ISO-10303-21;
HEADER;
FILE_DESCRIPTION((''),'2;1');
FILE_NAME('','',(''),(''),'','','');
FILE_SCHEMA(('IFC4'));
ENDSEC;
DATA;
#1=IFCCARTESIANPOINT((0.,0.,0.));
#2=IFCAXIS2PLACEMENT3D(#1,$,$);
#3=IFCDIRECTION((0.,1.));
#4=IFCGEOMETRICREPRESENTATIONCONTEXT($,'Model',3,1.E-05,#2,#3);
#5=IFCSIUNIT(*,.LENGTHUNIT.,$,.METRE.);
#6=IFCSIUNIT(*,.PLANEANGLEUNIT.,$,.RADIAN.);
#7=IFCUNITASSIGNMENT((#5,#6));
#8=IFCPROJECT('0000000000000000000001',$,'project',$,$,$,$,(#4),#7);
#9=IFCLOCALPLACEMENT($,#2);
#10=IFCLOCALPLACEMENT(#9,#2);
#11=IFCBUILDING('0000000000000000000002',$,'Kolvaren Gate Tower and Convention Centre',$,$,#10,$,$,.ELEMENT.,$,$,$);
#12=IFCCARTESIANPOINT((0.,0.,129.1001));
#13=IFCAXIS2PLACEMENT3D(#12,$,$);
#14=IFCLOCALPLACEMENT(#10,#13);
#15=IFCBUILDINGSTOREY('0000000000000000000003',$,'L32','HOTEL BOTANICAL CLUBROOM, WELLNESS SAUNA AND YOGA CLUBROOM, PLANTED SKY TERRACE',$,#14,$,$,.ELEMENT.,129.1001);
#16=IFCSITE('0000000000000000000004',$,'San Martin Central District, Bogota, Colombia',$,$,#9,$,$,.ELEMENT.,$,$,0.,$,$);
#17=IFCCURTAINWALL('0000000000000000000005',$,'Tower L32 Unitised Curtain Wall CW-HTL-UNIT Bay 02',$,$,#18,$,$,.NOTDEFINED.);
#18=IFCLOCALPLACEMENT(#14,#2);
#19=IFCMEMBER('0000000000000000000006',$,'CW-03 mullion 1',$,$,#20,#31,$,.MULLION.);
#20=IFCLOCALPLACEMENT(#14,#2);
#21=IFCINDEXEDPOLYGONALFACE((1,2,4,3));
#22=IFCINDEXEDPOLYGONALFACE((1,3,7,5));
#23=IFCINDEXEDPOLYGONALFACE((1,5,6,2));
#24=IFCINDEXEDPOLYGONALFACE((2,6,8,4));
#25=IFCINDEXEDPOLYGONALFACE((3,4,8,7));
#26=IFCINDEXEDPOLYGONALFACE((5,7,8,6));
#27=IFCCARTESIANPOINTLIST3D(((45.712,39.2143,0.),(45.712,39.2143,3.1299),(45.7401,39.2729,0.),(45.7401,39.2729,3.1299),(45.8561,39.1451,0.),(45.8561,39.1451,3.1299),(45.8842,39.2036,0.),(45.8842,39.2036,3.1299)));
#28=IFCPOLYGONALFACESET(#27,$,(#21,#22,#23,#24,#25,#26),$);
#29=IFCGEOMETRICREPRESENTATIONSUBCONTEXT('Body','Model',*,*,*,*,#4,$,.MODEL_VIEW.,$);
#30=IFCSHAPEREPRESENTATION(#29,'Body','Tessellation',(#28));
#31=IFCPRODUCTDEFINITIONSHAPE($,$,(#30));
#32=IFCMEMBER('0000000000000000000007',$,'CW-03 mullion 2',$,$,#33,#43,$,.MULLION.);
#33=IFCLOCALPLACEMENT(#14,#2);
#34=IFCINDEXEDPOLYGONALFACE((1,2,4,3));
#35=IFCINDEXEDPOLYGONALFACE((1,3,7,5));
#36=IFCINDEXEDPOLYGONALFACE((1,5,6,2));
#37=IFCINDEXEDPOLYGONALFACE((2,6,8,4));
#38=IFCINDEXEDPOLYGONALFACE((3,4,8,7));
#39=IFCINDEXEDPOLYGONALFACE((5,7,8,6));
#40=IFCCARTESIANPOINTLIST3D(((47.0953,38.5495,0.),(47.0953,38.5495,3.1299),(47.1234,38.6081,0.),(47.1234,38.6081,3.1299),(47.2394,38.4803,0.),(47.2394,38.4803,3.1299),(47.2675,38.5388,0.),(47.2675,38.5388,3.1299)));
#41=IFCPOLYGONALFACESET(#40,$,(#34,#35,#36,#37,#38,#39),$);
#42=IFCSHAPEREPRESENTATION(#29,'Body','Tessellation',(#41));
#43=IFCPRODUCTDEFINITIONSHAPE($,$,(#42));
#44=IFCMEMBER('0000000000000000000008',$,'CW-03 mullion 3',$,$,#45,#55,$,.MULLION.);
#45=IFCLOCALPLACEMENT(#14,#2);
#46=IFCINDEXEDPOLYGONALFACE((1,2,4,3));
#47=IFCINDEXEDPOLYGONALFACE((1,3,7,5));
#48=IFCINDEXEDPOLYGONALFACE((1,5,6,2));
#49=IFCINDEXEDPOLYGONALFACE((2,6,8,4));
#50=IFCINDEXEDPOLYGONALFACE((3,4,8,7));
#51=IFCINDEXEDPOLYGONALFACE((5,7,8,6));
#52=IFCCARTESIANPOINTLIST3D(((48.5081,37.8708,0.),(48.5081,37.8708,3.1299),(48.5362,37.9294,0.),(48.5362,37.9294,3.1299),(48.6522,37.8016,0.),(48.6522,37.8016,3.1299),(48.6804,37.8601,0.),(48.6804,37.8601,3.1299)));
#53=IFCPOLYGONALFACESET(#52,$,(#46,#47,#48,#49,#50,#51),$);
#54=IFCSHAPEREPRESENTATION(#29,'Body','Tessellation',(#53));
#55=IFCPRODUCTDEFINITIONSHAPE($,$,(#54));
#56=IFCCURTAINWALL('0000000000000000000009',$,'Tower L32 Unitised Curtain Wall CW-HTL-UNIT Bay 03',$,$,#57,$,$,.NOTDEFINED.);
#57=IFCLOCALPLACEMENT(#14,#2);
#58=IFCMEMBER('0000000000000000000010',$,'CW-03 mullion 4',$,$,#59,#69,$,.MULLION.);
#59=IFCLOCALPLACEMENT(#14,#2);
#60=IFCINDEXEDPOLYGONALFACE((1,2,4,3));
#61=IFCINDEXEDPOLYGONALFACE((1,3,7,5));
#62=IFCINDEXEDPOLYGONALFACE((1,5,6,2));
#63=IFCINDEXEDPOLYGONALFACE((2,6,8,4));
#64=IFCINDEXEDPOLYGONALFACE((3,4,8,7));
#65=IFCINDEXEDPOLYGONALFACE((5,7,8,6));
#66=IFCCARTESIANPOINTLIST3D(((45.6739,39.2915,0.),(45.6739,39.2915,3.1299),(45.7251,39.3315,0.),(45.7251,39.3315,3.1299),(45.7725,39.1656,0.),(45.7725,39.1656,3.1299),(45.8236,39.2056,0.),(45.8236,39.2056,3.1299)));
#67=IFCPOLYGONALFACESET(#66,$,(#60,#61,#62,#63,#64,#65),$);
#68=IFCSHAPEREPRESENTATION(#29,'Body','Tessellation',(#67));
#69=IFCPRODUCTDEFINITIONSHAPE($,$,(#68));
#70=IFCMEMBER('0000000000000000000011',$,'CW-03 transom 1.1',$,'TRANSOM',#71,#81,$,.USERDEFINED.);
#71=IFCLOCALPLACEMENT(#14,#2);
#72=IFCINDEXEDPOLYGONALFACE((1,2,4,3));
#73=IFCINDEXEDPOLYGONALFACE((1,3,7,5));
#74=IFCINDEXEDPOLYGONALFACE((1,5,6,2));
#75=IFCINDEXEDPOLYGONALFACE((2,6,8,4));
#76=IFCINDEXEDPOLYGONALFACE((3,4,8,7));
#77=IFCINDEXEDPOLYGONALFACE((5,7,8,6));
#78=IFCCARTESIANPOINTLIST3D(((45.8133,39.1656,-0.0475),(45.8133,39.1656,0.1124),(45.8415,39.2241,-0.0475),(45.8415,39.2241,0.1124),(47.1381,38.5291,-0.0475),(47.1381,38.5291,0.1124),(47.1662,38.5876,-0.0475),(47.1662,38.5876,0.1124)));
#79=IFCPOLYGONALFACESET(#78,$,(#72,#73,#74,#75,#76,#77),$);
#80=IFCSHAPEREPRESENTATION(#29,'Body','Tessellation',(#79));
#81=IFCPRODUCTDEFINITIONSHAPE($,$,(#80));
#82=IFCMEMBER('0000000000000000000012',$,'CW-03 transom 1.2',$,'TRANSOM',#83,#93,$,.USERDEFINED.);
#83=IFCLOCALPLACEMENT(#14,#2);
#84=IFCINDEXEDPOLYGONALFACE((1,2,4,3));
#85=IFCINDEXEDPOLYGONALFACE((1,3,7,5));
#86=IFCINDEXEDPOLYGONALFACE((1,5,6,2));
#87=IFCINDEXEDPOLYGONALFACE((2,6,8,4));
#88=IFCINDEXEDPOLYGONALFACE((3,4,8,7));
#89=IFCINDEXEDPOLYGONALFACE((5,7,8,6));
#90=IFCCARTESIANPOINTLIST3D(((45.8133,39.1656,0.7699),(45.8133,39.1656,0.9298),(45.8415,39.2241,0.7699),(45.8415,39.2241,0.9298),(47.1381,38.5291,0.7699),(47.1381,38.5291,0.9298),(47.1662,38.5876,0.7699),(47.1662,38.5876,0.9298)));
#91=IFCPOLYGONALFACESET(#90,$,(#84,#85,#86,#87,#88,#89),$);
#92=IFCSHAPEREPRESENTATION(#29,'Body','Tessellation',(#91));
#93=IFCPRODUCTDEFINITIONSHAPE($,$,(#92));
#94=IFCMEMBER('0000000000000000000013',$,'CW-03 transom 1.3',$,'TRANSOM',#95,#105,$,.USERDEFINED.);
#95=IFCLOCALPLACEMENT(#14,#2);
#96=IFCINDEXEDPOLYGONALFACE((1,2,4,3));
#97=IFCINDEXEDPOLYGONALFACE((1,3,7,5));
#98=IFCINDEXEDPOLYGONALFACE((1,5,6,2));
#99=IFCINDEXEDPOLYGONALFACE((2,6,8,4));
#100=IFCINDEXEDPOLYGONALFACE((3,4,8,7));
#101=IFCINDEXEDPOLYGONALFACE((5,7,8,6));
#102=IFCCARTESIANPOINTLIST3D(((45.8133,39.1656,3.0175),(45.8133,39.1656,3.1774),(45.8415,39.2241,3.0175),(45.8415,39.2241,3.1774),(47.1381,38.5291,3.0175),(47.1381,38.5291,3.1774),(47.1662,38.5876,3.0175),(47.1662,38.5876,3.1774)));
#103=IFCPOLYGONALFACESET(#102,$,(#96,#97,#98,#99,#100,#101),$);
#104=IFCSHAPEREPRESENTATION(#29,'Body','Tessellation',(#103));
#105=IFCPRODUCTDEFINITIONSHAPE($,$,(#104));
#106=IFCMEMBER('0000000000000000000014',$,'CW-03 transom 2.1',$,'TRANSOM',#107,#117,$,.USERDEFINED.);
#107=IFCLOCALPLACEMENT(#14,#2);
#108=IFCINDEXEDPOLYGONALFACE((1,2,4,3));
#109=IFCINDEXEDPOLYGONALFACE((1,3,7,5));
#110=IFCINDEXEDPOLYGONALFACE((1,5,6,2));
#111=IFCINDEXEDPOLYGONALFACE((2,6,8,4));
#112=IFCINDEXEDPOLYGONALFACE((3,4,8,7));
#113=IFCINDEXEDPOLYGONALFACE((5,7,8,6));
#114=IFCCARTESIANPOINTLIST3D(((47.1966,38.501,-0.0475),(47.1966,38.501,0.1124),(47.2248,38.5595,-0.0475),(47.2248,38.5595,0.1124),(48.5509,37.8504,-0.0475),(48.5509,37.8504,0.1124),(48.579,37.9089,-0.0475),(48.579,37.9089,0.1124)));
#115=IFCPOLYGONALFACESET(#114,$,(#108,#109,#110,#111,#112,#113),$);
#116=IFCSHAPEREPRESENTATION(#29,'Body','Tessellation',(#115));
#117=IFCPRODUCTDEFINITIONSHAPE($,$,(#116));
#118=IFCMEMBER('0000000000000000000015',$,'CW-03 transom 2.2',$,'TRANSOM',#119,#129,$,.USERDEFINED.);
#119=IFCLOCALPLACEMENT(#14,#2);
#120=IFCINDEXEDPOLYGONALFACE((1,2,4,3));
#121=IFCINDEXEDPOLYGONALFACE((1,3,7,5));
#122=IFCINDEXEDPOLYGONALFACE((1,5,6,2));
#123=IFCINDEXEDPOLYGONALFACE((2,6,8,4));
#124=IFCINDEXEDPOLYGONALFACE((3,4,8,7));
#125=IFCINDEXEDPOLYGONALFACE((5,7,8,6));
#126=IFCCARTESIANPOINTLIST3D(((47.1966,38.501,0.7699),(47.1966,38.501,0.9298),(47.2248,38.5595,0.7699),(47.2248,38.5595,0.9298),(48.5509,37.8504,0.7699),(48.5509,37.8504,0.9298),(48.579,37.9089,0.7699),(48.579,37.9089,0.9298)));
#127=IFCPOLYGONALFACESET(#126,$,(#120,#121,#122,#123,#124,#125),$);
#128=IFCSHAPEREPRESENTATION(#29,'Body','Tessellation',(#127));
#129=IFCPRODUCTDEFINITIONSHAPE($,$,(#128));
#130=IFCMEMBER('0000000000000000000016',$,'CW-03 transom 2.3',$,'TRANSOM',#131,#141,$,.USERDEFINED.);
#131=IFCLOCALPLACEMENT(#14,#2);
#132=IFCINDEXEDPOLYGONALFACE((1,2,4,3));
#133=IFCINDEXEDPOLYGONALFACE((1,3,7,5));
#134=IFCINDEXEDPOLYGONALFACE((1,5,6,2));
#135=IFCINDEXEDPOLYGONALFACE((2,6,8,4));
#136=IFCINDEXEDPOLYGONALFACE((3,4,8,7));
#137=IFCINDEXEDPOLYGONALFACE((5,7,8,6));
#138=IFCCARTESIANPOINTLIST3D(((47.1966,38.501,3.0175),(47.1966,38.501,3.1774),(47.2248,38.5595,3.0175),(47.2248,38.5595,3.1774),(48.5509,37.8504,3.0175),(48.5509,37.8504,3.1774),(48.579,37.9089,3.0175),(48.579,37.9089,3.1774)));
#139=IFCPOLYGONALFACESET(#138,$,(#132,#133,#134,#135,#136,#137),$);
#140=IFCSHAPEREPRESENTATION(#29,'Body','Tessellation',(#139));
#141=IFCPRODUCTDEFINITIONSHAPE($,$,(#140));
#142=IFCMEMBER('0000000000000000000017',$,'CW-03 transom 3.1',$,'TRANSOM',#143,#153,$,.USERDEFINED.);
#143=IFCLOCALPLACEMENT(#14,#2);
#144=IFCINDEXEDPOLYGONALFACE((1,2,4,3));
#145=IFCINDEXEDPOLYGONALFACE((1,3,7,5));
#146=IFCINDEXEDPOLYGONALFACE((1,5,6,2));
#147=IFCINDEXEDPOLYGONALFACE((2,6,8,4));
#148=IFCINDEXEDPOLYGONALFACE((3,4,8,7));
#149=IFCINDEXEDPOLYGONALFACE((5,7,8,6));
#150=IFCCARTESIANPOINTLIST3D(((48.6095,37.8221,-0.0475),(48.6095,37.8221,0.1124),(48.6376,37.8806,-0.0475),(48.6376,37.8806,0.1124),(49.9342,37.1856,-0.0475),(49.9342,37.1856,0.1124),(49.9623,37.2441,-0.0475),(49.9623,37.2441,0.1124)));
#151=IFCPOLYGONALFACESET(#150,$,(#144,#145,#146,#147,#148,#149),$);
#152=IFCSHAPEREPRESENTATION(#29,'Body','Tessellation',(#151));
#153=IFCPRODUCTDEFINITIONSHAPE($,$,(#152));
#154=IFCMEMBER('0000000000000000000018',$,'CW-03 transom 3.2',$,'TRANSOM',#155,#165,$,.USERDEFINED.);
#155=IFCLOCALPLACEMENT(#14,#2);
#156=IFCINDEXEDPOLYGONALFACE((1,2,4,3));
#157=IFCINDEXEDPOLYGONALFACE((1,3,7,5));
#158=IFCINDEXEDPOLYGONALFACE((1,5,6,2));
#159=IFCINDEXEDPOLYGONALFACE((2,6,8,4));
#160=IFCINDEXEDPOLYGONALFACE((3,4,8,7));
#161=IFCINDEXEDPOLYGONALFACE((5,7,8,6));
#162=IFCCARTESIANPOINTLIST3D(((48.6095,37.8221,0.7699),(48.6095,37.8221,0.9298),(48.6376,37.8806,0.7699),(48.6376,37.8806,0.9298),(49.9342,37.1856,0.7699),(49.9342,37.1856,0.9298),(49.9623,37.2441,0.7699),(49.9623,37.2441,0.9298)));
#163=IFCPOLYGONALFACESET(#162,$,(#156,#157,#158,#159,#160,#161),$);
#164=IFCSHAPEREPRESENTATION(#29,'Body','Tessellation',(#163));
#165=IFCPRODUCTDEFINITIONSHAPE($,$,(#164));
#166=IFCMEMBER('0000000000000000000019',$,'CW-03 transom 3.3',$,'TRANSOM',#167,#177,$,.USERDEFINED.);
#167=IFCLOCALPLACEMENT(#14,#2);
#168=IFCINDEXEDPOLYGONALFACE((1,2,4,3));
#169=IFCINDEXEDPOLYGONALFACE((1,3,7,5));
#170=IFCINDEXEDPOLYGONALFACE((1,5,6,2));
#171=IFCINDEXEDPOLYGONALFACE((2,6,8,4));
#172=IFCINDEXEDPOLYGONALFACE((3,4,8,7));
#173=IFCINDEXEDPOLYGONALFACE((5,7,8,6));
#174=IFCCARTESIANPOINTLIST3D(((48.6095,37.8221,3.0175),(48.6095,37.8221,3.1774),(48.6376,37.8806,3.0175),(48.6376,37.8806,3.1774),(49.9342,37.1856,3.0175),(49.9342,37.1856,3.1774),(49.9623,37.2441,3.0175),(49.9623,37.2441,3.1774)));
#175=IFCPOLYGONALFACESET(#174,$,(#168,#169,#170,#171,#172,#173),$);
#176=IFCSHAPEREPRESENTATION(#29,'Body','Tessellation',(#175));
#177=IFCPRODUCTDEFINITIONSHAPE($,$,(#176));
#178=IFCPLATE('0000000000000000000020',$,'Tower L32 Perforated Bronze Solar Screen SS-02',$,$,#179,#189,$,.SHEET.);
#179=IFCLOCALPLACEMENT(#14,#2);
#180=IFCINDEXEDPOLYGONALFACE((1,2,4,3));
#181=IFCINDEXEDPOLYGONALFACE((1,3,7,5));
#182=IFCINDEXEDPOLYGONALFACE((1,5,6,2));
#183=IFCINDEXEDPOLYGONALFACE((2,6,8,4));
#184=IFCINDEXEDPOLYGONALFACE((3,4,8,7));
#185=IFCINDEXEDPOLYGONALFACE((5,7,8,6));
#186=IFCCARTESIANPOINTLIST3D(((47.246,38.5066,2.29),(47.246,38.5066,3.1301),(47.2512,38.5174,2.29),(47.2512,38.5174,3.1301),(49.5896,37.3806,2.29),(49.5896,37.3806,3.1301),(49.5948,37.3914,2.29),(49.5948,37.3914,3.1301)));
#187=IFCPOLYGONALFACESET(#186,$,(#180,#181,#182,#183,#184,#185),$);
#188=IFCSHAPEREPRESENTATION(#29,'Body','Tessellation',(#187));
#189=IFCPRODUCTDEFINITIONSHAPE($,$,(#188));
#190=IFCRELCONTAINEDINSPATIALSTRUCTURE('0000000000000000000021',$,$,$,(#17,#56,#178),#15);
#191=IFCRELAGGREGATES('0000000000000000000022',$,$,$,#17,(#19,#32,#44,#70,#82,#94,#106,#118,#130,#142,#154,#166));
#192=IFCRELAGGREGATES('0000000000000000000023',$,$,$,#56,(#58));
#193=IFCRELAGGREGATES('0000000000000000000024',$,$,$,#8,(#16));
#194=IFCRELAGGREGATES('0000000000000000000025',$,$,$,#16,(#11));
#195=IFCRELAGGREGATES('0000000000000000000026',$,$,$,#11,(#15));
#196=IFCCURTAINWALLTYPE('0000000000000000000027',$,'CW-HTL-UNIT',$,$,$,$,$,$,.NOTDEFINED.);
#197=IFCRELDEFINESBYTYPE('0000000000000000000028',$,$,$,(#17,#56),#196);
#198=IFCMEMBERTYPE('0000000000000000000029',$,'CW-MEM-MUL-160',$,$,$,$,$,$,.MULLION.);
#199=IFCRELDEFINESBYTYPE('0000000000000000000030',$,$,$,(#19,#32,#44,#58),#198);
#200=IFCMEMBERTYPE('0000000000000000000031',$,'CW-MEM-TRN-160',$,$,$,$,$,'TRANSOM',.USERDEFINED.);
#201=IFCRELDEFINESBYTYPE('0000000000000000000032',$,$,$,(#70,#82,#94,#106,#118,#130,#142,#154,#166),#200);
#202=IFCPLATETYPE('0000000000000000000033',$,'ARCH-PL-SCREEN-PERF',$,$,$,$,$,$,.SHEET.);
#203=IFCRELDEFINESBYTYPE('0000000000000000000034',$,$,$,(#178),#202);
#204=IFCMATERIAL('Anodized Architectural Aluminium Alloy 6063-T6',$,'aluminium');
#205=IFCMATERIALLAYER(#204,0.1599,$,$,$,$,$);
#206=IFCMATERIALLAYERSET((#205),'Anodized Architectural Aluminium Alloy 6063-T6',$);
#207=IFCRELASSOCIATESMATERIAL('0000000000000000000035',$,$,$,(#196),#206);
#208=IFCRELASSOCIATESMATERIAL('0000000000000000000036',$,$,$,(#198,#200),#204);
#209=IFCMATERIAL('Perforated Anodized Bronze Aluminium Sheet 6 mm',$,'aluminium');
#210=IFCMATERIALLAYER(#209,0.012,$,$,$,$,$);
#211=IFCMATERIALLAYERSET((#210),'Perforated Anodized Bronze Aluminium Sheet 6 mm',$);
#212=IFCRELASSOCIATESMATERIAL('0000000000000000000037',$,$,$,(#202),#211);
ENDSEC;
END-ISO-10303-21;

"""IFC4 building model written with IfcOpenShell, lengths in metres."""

from ifc_helpers import new_model, si_unit, direction, frame, origin, origin_2d, place, context, subcontext, project, spatial, rectangle, extrude, material, layer, layer_set, material_profile, profile_set, type_object, element, aggregate, save


model = new_model("IFC4")

# Units and contexts
model_context = context("Model", 3, precision=1e-05, world=origin(), true_north=direction((0.0, 1.0)))
body_context = subcontext(model_context, "Body", "Model", "MODEL_VIEW")
ifc_project = project(units=[si_unit("LENGTHUNIT", "METRE"), si_unit("PLANEANGLEUNIT", "RADIAN")], contexts=[model_context])

# Site, building, storey
site_placement = place(None, origin())
site = spatial("IfcSite", under=ifc_project, at=site_placement, Name="San Martin Central District, Bogota, Colombia", CompositionType="ELEMENT", RefElevation=0.0)
building_placement = place(site_placement, origin())
building = spatial("IfcBuilding", under=site, at=building_placement, Name="Kolvaren Gate Tower and Convention Centre", CompositionType="ELEMENT")
storey_placement = place(building_placement, frame((0.0, 0.0, 129.1001)))
storey = spatial("IfcBuildingStorey", under=building, at=storey_placement, Name="L32", Description="HOTEL BOTANICAL CLUBROOM, WELLNESS SAUNA AND YOGA CLUBROOM, PLANTED SKY TERRACE", CompositionType="ELEMENT", Elevation=129.1001)

# Curtain wall, members
ifc_material_1 = material(Name="Anodized Architectural Aluminium Alloy 6063-T6", Category="aluminium")
ifc_layer_1 = layer(ifc_material_1, 0.1599)
ifc_layer_set_1 = layer_set([ifc_layer_1], Name="Anodized Architectural Aluminium Alloy 6063-T6")
curtain_wall_type = type_object("IfcCurtainWallType", Name="CW-HTL-UNIT", PredefinedType="NOTDEFINED", material=ifc_layer_set_1)
curtain_wall_1_placement = place(storey_placement, origin())
curtain_wall_1 = element("IfcCurtainWall", 1, at=curtain_wall_1_placement, inside=storey, type_object=curtain_wall_type, Name="Tower L32 Unitised Curtain Wall CW-HTL-UNIT Bay 02", PredefinedType="NOTDEFINED")
ifc_material_profile_1 = material_profile(ifc_material_1, rectangle(XDim=0.0649, YDim=0.1599, at=origin_2d()), Name="CW-MEM-MUL-160")
ifc_profile_set_1 = profile_set([ifc_material_profile_1], Name="Anodized Architectural Aluminium Alloy 6063-T6")
member_type_1 = type_object("IfcMemberType", Name="CW-MEM-MUL-160", PredefinedType="MULLION", material=ifc_profile_set_1)
member_1_placement = place(storey_placement, frame((45.7981, 39.209, 0.0), z_axis=(0.0, 0.0, 1.0), x_axis=(0.433071, 0.90136, 0.0)))
member_1 = element("IfcMember", 2, at=member_1_placement, type_object=member_type_1, Name="CW-03 mullion 1", PredefinedType="MULLION", context=body_context, shape_type="SweptSolid", body=[
    extrude(rectangle(XDim=0.0649, YDim=0.1599, at=origin_2d()), origin(), (0.0, 0.0, 1.0), 3.1299),
])
member_2_placement = place(storey_placement, frame((47.1814, 38.5442, 0.0), z_axis=(0.0, 0.0, 1.0), x_axis=(0.433071, 0.90136, 0.0)))
member_2 = element("IfcMember", 3, at=member_2_placement, type_object=member_type_1, Name="CW-03 mullion 2", PredefinedType="MULLION", context=body_context, shape_type="SweptSolid", body=[
    extrude(rectangle(XDim=0.0649, YDim=0.1599, at=origin_2d()), origin(), (0.0, 0.0, 1.0), 3.1299),
])
member_3_placement = place(storey_placement, frame((48.5942, 37.8655, 0.0), z_axis=(0.0, 0.0, 1.0), x_axis=(0.433071, 0.90136, 0.0)))
member_3 = element("IfcMember", 4, at=member_3_placement, type_object=member_type_1, Name="CW-03 mullion 3", PredefinedType="MULLION", context=body_context, shape_type="SweptSolid", body=[
    extrude(rectangle(XDim=0.0649, YDim=0.1599, at=origin_2d()), origin(), (0.0, 0.0, 1.0), 3.1299),
])

# Curtain wall, member
curtain_wall_2_placement = place(storey_placement, origin())
curtain_wall_2 = element("IfcCurtainWall", 5, at=curtain_wall_2_placement, inside=storey, type_object=curtain_wall_type, Name="Tower L32 Unitised Curtain Wall CW-HTL-UNIT Bay 03", PredefinedType="NOTDEFINED")
member_4_placement = place(storey_placement, frame((45.7488, 39.2485, 0.0), z_axis=(0.0, 0.0, 1.0), x_axis=(0.787413, 0.616426, 0.0)))
member_4 = element("IfcMember", 6, at=member_4_placement, type_object=member_type_1, Name="CW-03 mullion 4", PredefinedType="MULLION", context=body_context, shape_type="SweptSolid", body=[
    extrude(rectangle(XDim=0.0649, YDim=0.1599, at=origin_2d()), origin(), (0.0, 0.0, 1.0), 3.1299),
])

# Members
ifc_material_profile_2 = material_profile(ifc_material_1, rectangle(XDim=0.0649, YDim=0.1599, at=origin_2d()), Name="CW-MEM-TRN-160")
ifc_profile_set_2 = profile_set([ifc_material_profile_2], Name="Anodized Architectural Aluminium Alloy 6063-T6")
member_type_2 = type_object("IfcMemberType", Name="CW-MEM-TRN-160", ElementType="TRANSOM", PredefinedType="USERDEFINED", material=ifc_profile_set_2)
member_5_placement = place(storey_placement, frame((45.8274, 39.1948, 0.0325), z_axis=(0.90136, -0.433071, 0.0), x_axis=(0.433071, 0.90136, 0.0)))
member_5 = element("IfcMember", 7, at=member_5_placement, type_object=member_type_2, Name="CW-03 transom 1.1", ObjectType="TRANSOM", PredefinedType="USERDEFINED", context=body_context, shape_type="SweptSolid", body=[
    extrude(rectangle(XDim=0.0649, YDim=0.1599, at=origin_2d()), origin(), (0.0, 0.0, 1.0), 1.4697),
])
member_6_placement = place(storey_placement, frame((45.8274, 39.1948, 0.8499), z_axis=(0.90136, -0.433071, 0.0), x_axis=(0.433071, 0.90136, 0.0)))
member_6 = element("IfcMember", 8, at=member_6_placement, type_object=member_type_2, Name="CW-03 transom 1.2", ObjectType="TRANSOM", PredefinedType="USERDEFINED", context=body_context, shape_type="SweptSolid", body=[
    extrude(rectangle(XDim=0.0649, YDim=0.1599, at=origin_2d()), origin(), (0.0, 0.0, 1.0), 1.4697),
])
member_7_placement = place(storey_placement, frame((45.8274, 39.1948, 3.0974), z_axis=(0.90136, -0.433071, 0.0), x_axis=(0.433071, 0.90136, 0.0)))
member_7 = element("IfcMember", 9, at=member_7_placement, type_object=member_type_2, Name="CW-03 transom 1.3", ObjectType="TRANSOM", PredefinedType="USERDEFINED", context=body_context, shape_type="SweptSolid", body=[
    extrude(rectangle(XDim=0.0649, YDim=0.1599, at=origin_2d()), origin(), (0.0, 0.0, 1.0), 1.4697),
])
member_8_placement = place(storey_placement, frame((47.2107, 38.5303, 0.0325), z_axis=(0.901368, -0.433053, 0.0), x_axis=(0.433053, 0.901368, 0.0)))
member_8 = element("IfcMember", 10, at=member_8_placement, type_object=member_type_2, Name="CW-03 transom 2.1", ObjectType="TRANSOM", PredefinedType="USERDEFINED", context=body_context, shape_type="SweptSolid", body=[
    extrude(rectangle(XDim=0.0649, YDim=0.1599, at=origin_2d()), origin(), (0.0, 0.0, 1.0), 1.5024),
])
member_9_placement = place(storey_placement, frame((47.2107, 38.5303, 0.8499), z_axis=(0.901368, -0.433053, 0.0), x_axis=(0.433053, 0.901368, 0.0)))
member_9 = element("IfcMember", 11, at=member_9_placement, type_object=member_type_2, Name="CW-03 transom 2.2", ObjectType="TRANSOM", PredefinedType="USERDEFINED", context=body_context, shape_type="SweptSolid", body=[
    extrude(rectangle(XDim=0.0649, YDim=0.1599, at=origin_2d()), origin(), (0.0, 0.0, 1.0), 1.5024),
])
member_10_placement = place(storey_placement, frame((47.2107, 38.5303, 3.0974), z_axis=(0.901368, -0.433053, 0.0), x_axis=(0.433053, 0.901368, 0.0)))
member_10 = element("IfcMember", 12, at=member_10_placement, type_object=member_type_2, Name="CW-03 transom 2.3", ObjectType="TRANSOM", PredefinedType="USERDEFINED", context=body_context, shape_type="SweptSolid", body=[
    extrude(rectangle(XDim=0.0649, YDim=0.1599, at=origin_2d()), origin(), (0.0, 0.0, 1.0), 1.5024),
])
member_11_placement = place(storey_placement, frame((48.6235, 37.8513, 0.0325), z_axis=(0.90136, -0.433071, 0.0), x_axis=(0.433071, 0.90136, 0.0)))
member_11 = element("IfcMember", 13, at=member_11_placement, type_object=member_type_2, Name="CW-03 transom 3.1", ObjectType="TRANSOM", PredefinedType="USERDEFINED", context=body_context, shape_type="SweptSolid", body=[
    extrude(rectangle(XDim=0.0649, YDim=0.1599, at=origin_2d()), origin(), (0.0, 0.0, 1.0), 1.4697),
])
member_12_placement = place(storey_placement, frame((48.6235, 37.8513, 0.8499), z_axis=(0.90136, -0.433071, 0.0), x_axis=(0.433071, 0.90136, 0.0)))
member_12 = element("IfcMember", 14, at=member_12_placement, type_object=member_type_2, Name="CW-03 transom 3.2", ObjectType="TRANSOM", PredefinedType="USERDEFINED", context=body_context, shape_type="SweptSolid", body=[
    extrude(rectangle(XDim=0.0649, YDim=0.1599, at=origin_2d()), origin(), (0.0, 0.0, 1.0), 1.4697),
])
member_13_placement = place(storey_placement, frame((48.6235, 37.8513, 3.0974), z_axis=(0.90136, -0.433071, 0.0), x_axis=(0.433071, 0.90136, 0.0)))
member_13 = element("IfcMember", 15, at=member_13_placement, type_object=member_type_2, Name="CW-03 transom 3.3", ObjectType="TRANSOM", PredefinedType="USERDEFINED", context=body_context, shape_type="SweptSolid", body=[
    extrude(rectangle(XDim=0.0649, YDim=0.1599, at=origin_2d()), origin(), (0.0, 0.0, 1.0), 1.4697),
])

# Plate
ifc_material_2 = material(Name="Perforated Anodized Bronze Aluminium Sheet 6 mm", Category="aluminium")
ifc_layer_2 = layer(ifc_material_2, 0.012)
ifc_layer_set_2 = layer_set([ifc_layer_2], Name="Perforated Anodized Bronze Aluminium Sheet 6 mm")
plate_type_1 = type_object("IfcPlateType", Name="ARCH-PL-SCREEN-PERF", PredefinedType="SHEET", material=ifc_layer_set_2)
plate_1_placement = place(storey_placement, frame((48.4204, 37.949, 2.29), z_axis=(0.0, 0.0, 1.0), x_axis=(0.901363, -0.433065, 0.0)))
element("IfcPlate", 16, at=plate_1_placement, inside=storey, type_object=plate_type_1, Name="Tower L32 Perforated Bronze Solar Screen SS-02", PredefinedType="SHEET", context=body_context, shape_type="SweptSolid", body=[
    extrude(rectangle(XDim=2.6001, YDim=0.012, at=origin_2d()), origin(), (0.0, 0.0, 1.0), 0.8401),
])
aggregate(curtain_wall_1, [member_1, member_2, member_3, member_5, member_6, member_7, member_8, member_9, member_10, member_11, member_12, member_13])
aggregate(curtain_wall_2, [member_4])

save(model, "model.ifc")
